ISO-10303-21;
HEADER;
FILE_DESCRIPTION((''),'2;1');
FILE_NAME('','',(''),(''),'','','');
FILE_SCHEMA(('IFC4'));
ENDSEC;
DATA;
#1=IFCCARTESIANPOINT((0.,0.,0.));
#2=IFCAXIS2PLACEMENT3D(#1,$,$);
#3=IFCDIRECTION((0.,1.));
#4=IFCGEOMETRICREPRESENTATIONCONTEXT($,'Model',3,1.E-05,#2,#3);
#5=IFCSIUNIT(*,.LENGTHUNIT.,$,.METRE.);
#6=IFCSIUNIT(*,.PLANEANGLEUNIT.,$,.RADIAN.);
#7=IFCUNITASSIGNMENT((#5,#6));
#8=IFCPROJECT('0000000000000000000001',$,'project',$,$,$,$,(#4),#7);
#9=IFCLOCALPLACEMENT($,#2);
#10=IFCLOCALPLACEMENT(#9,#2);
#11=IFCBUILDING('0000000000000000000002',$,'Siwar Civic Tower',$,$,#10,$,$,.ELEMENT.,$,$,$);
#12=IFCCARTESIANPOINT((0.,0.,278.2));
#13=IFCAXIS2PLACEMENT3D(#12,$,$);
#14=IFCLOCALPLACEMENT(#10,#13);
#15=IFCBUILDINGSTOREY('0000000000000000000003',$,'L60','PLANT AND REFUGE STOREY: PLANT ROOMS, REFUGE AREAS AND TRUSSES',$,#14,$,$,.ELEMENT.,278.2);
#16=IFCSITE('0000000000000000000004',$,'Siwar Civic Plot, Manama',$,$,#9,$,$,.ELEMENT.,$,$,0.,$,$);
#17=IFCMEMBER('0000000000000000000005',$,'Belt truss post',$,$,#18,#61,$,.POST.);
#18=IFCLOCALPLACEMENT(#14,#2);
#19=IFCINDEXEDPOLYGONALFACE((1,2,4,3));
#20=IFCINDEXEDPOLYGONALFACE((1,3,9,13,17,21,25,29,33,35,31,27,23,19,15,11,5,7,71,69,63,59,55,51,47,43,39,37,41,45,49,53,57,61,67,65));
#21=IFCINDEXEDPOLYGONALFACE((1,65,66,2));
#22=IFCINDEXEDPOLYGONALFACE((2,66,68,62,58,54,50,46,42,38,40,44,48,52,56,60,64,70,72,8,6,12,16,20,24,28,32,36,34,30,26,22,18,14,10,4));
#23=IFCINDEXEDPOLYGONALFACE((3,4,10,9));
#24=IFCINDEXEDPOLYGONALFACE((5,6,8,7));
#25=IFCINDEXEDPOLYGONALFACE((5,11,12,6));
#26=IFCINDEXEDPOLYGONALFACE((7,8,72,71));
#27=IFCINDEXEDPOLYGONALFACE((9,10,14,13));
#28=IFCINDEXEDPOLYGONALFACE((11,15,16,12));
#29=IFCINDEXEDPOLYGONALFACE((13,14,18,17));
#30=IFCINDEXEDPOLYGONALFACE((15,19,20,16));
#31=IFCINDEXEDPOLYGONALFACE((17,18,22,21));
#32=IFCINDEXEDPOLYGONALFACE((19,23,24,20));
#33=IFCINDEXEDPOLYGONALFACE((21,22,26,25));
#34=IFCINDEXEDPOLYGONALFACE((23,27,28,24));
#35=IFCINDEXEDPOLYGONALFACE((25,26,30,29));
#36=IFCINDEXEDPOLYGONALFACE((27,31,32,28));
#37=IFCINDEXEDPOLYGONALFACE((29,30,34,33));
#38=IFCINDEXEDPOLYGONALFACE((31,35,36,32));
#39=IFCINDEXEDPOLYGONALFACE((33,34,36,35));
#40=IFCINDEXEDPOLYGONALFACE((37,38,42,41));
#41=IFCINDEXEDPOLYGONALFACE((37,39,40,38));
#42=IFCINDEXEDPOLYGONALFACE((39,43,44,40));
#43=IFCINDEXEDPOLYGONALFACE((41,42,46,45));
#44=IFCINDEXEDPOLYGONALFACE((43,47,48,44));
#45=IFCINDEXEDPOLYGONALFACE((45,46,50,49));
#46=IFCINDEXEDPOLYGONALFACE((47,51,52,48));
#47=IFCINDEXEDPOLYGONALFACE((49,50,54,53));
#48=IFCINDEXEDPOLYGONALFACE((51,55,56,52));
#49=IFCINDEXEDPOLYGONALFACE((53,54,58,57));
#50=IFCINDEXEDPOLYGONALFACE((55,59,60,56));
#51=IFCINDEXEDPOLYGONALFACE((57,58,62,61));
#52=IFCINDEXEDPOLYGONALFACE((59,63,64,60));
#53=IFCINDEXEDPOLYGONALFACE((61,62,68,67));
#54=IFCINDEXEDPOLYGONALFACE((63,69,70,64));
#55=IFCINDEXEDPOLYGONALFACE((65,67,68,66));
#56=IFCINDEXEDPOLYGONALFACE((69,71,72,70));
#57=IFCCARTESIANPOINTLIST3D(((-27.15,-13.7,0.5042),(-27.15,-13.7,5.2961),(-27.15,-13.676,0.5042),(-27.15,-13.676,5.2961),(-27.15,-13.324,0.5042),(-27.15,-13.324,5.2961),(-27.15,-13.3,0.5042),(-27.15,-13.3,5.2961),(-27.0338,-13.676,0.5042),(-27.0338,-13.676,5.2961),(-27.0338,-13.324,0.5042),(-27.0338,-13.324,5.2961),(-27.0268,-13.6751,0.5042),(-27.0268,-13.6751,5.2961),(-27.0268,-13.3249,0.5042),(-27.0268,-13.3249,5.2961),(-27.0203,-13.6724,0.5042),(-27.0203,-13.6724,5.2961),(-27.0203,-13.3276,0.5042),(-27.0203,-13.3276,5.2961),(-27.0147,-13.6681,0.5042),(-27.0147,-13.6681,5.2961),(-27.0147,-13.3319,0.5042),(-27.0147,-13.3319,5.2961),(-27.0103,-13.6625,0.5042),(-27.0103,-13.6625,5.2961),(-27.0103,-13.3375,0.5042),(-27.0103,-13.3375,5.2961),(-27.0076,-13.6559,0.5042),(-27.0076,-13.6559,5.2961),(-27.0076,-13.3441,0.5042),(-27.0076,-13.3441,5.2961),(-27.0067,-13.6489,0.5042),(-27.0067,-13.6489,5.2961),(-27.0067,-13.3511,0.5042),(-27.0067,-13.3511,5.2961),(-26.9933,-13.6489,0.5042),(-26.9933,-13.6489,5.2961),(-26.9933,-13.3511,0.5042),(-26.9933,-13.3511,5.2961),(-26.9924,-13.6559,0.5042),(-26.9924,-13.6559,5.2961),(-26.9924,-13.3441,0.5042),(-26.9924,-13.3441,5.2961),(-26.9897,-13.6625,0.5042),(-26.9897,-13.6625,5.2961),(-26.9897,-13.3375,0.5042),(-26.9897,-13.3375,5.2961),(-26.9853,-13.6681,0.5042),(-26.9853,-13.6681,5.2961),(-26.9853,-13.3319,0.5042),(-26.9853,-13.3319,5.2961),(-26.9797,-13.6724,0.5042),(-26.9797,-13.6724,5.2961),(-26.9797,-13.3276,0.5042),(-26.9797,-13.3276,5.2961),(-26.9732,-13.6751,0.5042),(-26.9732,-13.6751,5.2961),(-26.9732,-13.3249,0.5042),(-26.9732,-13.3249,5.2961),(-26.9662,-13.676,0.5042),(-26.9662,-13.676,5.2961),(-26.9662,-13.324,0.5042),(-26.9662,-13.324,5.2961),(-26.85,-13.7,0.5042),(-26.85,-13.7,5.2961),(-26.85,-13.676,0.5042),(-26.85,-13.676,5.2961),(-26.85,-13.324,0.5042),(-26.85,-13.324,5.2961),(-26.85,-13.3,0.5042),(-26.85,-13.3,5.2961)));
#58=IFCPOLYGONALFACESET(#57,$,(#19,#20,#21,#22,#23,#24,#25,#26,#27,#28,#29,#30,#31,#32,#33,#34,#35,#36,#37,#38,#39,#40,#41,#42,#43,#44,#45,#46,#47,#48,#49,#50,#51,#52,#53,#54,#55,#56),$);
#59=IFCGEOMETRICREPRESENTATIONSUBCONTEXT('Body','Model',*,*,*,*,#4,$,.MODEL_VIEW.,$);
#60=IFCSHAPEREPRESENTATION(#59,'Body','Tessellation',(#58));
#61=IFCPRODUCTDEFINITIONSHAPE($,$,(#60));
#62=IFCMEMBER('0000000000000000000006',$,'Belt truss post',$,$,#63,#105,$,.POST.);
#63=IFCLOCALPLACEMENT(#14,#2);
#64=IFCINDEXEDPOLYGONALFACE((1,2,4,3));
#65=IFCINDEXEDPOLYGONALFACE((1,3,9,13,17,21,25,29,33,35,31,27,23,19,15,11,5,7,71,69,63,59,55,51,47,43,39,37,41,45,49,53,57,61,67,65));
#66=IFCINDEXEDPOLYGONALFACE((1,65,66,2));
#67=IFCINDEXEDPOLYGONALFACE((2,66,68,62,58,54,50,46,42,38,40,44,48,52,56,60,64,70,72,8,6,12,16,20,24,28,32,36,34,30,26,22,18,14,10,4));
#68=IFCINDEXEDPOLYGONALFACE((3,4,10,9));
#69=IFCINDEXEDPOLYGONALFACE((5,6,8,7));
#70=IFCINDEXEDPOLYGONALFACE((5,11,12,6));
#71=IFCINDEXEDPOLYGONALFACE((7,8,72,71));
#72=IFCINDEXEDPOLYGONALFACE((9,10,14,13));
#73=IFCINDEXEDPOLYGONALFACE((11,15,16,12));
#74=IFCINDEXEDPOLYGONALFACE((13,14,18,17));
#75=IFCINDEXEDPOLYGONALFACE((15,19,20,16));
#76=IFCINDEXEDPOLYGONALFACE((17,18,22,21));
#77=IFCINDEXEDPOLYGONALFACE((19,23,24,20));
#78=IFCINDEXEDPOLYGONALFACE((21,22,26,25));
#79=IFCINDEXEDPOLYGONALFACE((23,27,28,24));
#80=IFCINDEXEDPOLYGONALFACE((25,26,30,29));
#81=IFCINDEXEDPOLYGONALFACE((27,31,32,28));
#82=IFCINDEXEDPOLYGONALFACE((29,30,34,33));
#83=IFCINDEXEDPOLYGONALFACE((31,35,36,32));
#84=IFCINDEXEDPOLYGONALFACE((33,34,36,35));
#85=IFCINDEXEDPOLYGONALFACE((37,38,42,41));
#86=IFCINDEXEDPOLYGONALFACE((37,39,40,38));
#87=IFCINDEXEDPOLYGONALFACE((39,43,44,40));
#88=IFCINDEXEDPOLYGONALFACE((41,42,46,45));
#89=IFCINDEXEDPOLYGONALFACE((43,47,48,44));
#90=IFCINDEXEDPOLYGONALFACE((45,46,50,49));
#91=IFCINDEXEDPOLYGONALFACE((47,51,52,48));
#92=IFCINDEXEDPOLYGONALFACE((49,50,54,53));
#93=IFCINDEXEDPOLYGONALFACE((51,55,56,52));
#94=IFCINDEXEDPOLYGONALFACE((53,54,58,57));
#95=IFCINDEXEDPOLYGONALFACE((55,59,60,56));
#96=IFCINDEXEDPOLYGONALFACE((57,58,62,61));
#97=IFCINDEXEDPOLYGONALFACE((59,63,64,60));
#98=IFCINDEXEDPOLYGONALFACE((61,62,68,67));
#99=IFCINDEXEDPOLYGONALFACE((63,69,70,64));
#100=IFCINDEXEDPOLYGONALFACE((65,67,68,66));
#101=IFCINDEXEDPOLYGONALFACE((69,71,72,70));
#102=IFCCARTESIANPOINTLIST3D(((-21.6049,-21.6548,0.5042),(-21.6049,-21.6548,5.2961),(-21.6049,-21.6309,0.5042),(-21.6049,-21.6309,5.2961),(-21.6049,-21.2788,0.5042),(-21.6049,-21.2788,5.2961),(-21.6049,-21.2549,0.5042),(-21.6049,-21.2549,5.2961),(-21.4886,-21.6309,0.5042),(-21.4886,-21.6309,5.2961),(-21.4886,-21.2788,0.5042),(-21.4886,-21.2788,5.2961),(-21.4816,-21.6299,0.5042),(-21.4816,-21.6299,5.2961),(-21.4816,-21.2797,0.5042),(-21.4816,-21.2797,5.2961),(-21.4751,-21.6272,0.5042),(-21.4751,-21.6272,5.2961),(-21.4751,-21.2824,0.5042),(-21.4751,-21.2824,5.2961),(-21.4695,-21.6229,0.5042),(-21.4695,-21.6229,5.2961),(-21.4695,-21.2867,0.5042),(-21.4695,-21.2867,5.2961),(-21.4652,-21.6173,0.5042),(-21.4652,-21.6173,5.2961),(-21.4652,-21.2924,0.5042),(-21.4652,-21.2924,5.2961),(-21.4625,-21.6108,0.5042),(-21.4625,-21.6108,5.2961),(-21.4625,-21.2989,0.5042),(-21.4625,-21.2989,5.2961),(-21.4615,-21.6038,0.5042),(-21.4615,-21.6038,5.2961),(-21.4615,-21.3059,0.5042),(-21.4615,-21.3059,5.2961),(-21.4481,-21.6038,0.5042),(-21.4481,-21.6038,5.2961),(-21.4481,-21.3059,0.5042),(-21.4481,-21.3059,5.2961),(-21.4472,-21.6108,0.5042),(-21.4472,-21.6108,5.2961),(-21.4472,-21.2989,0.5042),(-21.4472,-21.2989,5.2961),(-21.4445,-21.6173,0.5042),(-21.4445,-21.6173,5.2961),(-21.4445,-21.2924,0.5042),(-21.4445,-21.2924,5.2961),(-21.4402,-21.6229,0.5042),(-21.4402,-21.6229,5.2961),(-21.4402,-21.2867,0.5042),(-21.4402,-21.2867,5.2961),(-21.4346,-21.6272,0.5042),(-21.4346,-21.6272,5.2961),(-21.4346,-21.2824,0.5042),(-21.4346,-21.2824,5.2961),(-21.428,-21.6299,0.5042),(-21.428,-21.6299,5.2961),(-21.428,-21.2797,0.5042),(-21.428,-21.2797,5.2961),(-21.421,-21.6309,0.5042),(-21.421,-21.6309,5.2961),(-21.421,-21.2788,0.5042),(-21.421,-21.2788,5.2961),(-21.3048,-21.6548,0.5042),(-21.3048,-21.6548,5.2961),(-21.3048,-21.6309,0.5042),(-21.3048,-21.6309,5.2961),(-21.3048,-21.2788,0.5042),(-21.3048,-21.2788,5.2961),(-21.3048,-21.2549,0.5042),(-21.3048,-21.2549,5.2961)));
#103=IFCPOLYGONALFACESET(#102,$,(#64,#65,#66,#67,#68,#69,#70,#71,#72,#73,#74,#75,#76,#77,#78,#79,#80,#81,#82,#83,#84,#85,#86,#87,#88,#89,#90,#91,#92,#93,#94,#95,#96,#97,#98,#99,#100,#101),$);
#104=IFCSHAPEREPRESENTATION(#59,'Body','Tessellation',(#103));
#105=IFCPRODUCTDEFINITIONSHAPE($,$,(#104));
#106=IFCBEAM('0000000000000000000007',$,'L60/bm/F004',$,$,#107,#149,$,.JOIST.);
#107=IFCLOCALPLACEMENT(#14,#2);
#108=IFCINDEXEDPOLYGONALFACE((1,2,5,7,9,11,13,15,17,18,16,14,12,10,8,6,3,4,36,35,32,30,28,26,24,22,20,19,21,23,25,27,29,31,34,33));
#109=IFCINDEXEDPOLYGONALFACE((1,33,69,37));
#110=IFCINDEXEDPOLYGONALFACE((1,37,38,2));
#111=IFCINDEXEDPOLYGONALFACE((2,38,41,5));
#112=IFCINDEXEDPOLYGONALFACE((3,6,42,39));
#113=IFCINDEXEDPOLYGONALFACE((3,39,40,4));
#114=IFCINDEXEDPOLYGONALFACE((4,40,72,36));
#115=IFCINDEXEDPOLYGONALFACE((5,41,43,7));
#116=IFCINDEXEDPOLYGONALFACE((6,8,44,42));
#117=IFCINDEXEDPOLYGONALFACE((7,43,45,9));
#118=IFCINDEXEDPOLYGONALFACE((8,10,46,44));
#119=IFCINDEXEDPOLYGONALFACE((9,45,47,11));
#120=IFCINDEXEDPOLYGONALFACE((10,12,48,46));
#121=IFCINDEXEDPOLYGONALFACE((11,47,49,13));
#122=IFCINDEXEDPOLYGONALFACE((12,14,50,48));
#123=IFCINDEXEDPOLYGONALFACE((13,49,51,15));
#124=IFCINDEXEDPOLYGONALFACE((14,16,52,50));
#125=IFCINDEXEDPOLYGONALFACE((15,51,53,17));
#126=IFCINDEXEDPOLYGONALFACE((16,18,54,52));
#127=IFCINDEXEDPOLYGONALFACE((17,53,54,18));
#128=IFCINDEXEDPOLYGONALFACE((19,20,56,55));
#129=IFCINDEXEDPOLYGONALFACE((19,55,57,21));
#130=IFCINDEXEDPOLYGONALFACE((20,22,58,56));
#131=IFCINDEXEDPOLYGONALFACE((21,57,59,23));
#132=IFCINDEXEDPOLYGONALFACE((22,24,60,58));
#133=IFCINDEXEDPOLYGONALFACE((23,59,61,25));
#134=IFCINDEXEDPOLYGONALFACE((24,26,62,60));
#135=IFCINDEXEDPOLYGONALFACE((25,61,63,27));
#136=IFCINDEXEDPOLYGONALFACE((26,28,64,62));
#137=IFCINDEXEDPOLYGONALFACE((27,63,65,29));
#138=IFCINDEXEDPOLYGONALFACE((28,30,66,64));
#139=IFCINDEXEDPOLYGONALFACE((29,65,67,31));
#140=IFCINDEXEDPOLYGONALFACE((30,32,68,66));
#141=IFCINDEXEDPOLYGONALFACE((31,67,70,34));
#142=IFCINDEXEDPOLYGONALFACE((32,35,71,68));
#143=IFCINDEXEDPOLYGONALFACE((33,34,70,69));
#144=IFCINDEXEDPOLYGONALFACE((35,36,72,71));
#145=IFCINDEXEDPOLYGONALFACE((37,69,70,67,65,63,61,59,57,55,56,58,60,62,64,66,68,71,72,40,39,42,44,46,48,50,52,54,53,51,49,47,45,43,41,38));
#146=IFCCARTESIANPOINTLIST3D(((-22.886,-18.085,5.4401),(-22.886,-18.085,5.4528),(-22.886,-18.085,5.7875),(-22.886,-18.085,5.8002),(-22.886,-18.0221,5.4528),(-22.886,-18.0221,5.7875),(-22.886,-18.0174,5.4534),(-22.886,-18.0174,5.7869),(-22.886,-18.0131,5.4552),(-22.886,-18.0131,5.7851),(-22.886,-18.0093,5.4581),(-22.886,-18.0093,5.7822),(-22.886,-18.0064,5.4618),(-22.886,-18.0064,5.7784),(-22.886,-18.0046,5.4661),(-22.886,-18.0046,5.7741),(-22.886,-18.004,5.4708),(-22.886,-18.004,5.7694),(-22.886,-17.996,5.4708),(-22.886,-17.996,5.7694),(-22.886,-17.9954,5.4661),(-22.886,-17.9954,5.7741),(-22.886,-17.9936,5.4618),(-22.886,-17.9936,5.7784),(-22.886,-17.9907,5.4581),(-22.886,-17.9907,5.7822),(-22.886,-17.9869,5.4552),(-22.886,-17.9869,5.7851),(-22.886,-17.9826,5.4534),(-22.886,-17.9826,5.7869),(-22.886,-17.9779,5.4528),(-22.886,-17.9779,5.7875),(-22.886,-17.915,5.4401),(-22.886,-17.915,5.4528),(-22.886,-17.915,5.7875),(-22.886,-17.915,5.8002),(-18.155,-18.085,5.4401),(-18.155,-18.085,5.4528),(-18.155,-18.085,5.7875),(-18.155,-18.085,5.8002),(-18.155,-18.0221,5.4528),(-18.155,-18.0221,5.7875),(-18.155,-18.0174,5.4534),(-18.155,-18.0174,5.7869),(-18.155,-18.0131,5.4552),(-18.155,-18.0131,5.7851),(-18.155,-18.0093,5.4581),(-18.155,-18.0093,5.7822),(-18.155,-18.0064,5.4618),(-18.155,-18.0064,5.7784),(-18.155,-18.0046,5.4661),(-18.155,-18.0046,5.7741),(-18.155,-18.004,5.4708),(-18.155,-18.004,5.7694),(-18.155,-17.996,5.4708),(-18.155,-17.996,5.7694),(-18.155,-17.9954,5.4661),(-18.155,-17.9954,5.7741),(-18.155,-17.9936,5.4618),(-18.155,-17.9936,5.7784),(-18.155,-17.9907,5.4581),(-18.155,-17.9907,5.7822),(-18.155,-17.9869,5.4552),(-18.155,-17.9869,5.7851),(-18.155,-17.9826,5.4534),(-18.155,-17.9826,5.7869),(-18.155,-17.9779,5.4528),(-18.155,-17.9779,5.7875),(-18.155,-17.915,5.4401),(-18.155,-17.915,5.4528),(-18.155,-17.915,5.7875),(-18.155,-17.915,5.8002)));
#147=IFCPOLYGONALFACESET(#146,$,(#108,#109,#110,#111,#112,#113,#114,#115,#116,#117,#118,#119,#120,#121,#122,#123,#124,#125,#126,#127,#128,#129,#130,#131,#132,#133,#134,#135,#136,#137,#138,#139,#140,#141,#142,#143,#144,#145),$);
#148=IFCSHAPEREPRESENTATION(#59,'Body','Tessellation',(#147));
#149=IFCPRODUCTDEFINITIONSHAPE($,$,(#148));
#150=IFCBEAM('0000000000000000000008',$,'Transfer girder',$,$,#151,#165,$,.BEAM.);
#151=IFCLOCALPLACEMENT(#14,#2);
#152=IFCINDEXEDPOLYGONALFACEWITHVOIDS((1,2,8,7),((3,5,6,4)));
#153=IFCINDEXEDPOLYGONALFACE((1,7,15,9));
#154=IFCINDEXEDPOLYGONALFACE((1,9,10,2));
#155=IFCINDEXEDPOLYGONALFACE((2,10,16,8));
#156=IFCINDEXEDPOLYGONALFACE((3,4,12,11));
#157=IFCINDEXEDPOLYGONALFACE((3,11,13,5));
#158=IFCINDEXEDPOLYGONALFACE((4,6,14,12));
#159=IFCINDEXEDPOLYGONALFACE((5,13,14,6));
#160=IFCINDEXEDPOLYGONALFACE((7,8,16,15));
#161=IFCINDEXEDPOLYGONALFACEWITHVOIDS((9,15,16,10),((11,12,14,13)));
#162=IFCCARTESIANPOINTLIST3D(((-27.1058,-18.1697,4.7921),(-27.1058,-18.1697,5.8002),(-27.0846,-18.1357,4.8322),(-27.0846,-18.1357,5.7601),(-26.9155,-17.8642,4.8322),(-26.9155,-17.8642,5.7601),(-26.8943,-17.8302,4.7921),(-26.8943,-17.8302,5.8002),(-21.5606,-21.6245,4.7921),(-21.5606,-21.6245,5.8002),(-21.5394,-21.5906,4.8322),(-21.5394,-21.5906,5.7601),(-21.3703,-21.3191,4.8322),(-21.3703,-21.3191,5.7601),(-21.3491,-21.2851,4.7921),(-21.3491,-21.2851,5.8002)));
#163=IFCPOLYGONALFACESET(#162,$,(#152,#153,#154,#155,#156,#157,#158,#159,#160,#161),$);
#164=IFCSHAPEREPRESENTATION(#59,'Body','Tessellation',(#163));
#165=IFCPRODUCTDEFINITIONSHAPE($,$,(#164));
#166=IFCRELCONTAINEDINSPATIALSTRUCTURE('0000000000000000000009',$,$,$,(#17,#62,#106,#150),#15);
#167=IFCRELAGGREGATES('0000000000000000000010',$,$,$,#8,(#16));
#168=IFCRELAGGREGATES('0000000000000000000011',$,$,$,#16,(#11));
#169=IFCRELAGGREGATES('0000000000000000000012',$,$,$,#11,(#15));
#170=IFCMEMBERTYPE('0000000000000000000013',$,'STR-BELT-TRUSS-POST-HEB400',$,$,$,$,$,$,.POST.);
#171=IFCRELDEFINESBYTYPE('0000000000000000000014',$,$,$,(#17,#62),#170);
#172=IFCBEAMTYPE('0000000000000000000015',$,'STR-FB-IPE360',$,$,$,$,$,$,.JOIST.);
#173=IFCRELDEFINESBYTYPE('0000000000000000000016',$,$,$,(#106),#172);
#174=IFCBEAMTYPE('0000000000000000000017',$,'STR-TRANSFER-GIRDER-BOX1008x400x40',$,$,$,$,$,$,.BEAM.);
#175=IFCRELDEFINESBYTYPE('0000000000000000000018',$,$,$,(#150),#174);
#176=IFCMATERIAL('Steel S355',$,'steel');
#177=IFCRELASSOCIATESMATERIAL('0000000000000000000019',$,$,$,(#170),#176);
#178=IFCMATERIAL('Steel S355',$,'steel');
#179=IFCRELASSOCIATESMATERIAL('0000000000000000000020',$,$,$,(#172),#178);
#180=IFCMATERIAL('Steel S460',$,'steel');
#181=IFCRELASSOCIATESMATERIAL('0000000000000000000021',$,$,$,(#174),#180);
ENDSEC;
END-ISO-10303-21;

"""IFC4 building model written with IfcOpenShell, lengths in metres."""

from ifc_helpers import new_model, si_unit, direction, frame, origin, origin_2d, place, context, subcontext, project, spatial, hollow_rectangle, i_section, extrude, material, material_profile, profile_set, type_object, element, save


model = new_model("IFC4")

# Units and contexts
model_context = context("Model", 3, precision=1e-05, world=origin(), true_north=direction((0.0, 1.0)))
body_context = subcontext(model_context, "Body", "Model", "MODEL_VIEW")
ifc_project = project(units=[si_unit("LENGTHUNIT", "METRE"), si_unit("PLANEANGLEUNIT", "RADIAN")], contexts=[model_context])

# Site, building, storey
site_placement = place(None, origin())
site = spatial("IfcSite", under=ifc_project, at=site_placement, Name="Siwar Civic Plot, Manama", CompositionType="ELEMENT", RefElevation=0.0)
building_placement = place(site_placement, origin())
building = spatial("IfcBuilding", under=site, at=building_placement, Name="Siwar Civic Tower", CompositionType="ELEMENT")
storey_placement = place(building_placement, frame((0.0, 0.0, 278.2)))
storey = spatial("IfcBuildingStorey", under=building, at=storey_placement, Name="L60", Description="PLANT AND REFUGE STOREY: PLANT ROOMS, REFUGE AREAS AND TRUSSES", CompositionType="ELEMENT", Elevation=278.2)

# Members
ifc_material_1 = material(Name="Steel S355", Category="steel")
ifc_material_profile_1 = material_profile(ifc_material_1, i_section(OverallWidth=0.3, OverallDepth=0.3999, WebThickness=0.0134, FlangeThickness=0.0239, FilletRadius=0.0271, at=origin_2d()), Name="HEB400")
ifc_profile_set_1 = profile_set([ifc_material_profile_1], Name="Steel S355")
member_type_1 = type_object("IfcMemberType", Name="STR-BELT-TRUSS-POST-HEB400", PredefinedType="POST", material=ifc_profile_set_1)
for number, where, z_axis, x_axis, name in (
    (1, (-27.0, -13.5, 0.5042), (0.0, 0.0, 1.0), (1.0, 0.0, 0.0), "Belt truss post"),
    (2, (-21.4548, -21.4548, 0.5042), (0.0, 0.0, 1.0), (1.0, 0.0, 0.0), "Belt truss post"),
):
    element("IfcMember", number, at=place(storey_placement, frame(where, z_axis=z_axis, x_axis=x_axis)), inside=storey, type_object=member_type_1, Name=name, PredefinedType="POST", context=body_context, shape_type="SweptSolid", body=[
        extrude(i_section(OverallWidth=0.3, OverallDepth=0.3999, WebThickness=0.0134, FlangeThickness=0.0239, FilletRadius=0.0271, at=origin_2d()), origin(), (0.0, 0.0, 1.0), 4.792),
    ])

# Beams
ifc_material_2 = material(Name="Steel S355", Category="steel")
ifc_material_profile_2 = material_profile(ifc_material_2, i_section(OverallWidth=0.1699, OverallDepth=0.3601, WebThickness=0.0081, FlangeThickness=0.0127, FilletRadius=0.0181, at=origin_2d()), Name="IPE360")
ifc_profile_set_2 = profile_set([ifc_material_profile_2], Name="Steel S355")
beam_type_1 = type_object("IfcBeamType", Name="STR-FB-IPE360", PredefinedType="JOIST", material=ifc_profile_set_2)
beam_1_placement = place(storey_placement, frame((-22.886, -18.0, 5.6201), z_axis=(1.0, 0.0, 0.0), x_axis=(0.0, 1.0, 0.0)))
element("IfcBeam", 3, at=beam_1_placement, inside=storey, type_object=beam_type_1, Name="L60/bm/F004", PredefinedType="JOIST", context=body_context, shape_type="SweptSolid", body=[
    extrude(i_section(OverallWidth=0.1699, OverallDepth=0.3601, WebThickness=0.0081, FlangeThickness=0.0127, FilletRadius=0.0181, at=origin_2d()), origin(), (0.0, 0.0, 1.0), 4.731),
])
ifc_material_3 = material(Name="Steel S460", Category="steel")
ifc_material_profile_3 = material_profile(ifc_material_3, hollow_rectangle(XDim=0.3999, YDim=1.0081, WallThickness=0.04, at=origin_2d()), Name="BOX1008x400x40")
ifc_profile_set_3 = profile_set([ifc_material_profile_3], Name="Steel S460")
beam_type_2 = type_object("IfcBeamType", Name="STR-TRANSFER-GIRDER-BOX1008x400x40", PredefinedType="BEAM", material=ifc_profile_set_3)
beam_2_placement = place(storey_placement, frame((-21.4548, -21.4548, 5.2961), z_axis=(-0.848747, 0.528799, 0.0), x_axis=(-0.528799, -0.848747, 0.0)))
element("IfcBeam", 4, at=beam_2_placement, inside=storey, type_object=beam_type_2, Name="Transfer girder", PredefinedType="BEAM", context=body_context, shape_type="SweptSolid", body=[
    extrude(hollow_rectangle(XDim=0.3999, YDim=1.0081, WallThickness=0.04, at=origin_2d()), origin(), (0.0, 0.0, 1.0), 6.5334),
])

save(model, "model.ifc")
